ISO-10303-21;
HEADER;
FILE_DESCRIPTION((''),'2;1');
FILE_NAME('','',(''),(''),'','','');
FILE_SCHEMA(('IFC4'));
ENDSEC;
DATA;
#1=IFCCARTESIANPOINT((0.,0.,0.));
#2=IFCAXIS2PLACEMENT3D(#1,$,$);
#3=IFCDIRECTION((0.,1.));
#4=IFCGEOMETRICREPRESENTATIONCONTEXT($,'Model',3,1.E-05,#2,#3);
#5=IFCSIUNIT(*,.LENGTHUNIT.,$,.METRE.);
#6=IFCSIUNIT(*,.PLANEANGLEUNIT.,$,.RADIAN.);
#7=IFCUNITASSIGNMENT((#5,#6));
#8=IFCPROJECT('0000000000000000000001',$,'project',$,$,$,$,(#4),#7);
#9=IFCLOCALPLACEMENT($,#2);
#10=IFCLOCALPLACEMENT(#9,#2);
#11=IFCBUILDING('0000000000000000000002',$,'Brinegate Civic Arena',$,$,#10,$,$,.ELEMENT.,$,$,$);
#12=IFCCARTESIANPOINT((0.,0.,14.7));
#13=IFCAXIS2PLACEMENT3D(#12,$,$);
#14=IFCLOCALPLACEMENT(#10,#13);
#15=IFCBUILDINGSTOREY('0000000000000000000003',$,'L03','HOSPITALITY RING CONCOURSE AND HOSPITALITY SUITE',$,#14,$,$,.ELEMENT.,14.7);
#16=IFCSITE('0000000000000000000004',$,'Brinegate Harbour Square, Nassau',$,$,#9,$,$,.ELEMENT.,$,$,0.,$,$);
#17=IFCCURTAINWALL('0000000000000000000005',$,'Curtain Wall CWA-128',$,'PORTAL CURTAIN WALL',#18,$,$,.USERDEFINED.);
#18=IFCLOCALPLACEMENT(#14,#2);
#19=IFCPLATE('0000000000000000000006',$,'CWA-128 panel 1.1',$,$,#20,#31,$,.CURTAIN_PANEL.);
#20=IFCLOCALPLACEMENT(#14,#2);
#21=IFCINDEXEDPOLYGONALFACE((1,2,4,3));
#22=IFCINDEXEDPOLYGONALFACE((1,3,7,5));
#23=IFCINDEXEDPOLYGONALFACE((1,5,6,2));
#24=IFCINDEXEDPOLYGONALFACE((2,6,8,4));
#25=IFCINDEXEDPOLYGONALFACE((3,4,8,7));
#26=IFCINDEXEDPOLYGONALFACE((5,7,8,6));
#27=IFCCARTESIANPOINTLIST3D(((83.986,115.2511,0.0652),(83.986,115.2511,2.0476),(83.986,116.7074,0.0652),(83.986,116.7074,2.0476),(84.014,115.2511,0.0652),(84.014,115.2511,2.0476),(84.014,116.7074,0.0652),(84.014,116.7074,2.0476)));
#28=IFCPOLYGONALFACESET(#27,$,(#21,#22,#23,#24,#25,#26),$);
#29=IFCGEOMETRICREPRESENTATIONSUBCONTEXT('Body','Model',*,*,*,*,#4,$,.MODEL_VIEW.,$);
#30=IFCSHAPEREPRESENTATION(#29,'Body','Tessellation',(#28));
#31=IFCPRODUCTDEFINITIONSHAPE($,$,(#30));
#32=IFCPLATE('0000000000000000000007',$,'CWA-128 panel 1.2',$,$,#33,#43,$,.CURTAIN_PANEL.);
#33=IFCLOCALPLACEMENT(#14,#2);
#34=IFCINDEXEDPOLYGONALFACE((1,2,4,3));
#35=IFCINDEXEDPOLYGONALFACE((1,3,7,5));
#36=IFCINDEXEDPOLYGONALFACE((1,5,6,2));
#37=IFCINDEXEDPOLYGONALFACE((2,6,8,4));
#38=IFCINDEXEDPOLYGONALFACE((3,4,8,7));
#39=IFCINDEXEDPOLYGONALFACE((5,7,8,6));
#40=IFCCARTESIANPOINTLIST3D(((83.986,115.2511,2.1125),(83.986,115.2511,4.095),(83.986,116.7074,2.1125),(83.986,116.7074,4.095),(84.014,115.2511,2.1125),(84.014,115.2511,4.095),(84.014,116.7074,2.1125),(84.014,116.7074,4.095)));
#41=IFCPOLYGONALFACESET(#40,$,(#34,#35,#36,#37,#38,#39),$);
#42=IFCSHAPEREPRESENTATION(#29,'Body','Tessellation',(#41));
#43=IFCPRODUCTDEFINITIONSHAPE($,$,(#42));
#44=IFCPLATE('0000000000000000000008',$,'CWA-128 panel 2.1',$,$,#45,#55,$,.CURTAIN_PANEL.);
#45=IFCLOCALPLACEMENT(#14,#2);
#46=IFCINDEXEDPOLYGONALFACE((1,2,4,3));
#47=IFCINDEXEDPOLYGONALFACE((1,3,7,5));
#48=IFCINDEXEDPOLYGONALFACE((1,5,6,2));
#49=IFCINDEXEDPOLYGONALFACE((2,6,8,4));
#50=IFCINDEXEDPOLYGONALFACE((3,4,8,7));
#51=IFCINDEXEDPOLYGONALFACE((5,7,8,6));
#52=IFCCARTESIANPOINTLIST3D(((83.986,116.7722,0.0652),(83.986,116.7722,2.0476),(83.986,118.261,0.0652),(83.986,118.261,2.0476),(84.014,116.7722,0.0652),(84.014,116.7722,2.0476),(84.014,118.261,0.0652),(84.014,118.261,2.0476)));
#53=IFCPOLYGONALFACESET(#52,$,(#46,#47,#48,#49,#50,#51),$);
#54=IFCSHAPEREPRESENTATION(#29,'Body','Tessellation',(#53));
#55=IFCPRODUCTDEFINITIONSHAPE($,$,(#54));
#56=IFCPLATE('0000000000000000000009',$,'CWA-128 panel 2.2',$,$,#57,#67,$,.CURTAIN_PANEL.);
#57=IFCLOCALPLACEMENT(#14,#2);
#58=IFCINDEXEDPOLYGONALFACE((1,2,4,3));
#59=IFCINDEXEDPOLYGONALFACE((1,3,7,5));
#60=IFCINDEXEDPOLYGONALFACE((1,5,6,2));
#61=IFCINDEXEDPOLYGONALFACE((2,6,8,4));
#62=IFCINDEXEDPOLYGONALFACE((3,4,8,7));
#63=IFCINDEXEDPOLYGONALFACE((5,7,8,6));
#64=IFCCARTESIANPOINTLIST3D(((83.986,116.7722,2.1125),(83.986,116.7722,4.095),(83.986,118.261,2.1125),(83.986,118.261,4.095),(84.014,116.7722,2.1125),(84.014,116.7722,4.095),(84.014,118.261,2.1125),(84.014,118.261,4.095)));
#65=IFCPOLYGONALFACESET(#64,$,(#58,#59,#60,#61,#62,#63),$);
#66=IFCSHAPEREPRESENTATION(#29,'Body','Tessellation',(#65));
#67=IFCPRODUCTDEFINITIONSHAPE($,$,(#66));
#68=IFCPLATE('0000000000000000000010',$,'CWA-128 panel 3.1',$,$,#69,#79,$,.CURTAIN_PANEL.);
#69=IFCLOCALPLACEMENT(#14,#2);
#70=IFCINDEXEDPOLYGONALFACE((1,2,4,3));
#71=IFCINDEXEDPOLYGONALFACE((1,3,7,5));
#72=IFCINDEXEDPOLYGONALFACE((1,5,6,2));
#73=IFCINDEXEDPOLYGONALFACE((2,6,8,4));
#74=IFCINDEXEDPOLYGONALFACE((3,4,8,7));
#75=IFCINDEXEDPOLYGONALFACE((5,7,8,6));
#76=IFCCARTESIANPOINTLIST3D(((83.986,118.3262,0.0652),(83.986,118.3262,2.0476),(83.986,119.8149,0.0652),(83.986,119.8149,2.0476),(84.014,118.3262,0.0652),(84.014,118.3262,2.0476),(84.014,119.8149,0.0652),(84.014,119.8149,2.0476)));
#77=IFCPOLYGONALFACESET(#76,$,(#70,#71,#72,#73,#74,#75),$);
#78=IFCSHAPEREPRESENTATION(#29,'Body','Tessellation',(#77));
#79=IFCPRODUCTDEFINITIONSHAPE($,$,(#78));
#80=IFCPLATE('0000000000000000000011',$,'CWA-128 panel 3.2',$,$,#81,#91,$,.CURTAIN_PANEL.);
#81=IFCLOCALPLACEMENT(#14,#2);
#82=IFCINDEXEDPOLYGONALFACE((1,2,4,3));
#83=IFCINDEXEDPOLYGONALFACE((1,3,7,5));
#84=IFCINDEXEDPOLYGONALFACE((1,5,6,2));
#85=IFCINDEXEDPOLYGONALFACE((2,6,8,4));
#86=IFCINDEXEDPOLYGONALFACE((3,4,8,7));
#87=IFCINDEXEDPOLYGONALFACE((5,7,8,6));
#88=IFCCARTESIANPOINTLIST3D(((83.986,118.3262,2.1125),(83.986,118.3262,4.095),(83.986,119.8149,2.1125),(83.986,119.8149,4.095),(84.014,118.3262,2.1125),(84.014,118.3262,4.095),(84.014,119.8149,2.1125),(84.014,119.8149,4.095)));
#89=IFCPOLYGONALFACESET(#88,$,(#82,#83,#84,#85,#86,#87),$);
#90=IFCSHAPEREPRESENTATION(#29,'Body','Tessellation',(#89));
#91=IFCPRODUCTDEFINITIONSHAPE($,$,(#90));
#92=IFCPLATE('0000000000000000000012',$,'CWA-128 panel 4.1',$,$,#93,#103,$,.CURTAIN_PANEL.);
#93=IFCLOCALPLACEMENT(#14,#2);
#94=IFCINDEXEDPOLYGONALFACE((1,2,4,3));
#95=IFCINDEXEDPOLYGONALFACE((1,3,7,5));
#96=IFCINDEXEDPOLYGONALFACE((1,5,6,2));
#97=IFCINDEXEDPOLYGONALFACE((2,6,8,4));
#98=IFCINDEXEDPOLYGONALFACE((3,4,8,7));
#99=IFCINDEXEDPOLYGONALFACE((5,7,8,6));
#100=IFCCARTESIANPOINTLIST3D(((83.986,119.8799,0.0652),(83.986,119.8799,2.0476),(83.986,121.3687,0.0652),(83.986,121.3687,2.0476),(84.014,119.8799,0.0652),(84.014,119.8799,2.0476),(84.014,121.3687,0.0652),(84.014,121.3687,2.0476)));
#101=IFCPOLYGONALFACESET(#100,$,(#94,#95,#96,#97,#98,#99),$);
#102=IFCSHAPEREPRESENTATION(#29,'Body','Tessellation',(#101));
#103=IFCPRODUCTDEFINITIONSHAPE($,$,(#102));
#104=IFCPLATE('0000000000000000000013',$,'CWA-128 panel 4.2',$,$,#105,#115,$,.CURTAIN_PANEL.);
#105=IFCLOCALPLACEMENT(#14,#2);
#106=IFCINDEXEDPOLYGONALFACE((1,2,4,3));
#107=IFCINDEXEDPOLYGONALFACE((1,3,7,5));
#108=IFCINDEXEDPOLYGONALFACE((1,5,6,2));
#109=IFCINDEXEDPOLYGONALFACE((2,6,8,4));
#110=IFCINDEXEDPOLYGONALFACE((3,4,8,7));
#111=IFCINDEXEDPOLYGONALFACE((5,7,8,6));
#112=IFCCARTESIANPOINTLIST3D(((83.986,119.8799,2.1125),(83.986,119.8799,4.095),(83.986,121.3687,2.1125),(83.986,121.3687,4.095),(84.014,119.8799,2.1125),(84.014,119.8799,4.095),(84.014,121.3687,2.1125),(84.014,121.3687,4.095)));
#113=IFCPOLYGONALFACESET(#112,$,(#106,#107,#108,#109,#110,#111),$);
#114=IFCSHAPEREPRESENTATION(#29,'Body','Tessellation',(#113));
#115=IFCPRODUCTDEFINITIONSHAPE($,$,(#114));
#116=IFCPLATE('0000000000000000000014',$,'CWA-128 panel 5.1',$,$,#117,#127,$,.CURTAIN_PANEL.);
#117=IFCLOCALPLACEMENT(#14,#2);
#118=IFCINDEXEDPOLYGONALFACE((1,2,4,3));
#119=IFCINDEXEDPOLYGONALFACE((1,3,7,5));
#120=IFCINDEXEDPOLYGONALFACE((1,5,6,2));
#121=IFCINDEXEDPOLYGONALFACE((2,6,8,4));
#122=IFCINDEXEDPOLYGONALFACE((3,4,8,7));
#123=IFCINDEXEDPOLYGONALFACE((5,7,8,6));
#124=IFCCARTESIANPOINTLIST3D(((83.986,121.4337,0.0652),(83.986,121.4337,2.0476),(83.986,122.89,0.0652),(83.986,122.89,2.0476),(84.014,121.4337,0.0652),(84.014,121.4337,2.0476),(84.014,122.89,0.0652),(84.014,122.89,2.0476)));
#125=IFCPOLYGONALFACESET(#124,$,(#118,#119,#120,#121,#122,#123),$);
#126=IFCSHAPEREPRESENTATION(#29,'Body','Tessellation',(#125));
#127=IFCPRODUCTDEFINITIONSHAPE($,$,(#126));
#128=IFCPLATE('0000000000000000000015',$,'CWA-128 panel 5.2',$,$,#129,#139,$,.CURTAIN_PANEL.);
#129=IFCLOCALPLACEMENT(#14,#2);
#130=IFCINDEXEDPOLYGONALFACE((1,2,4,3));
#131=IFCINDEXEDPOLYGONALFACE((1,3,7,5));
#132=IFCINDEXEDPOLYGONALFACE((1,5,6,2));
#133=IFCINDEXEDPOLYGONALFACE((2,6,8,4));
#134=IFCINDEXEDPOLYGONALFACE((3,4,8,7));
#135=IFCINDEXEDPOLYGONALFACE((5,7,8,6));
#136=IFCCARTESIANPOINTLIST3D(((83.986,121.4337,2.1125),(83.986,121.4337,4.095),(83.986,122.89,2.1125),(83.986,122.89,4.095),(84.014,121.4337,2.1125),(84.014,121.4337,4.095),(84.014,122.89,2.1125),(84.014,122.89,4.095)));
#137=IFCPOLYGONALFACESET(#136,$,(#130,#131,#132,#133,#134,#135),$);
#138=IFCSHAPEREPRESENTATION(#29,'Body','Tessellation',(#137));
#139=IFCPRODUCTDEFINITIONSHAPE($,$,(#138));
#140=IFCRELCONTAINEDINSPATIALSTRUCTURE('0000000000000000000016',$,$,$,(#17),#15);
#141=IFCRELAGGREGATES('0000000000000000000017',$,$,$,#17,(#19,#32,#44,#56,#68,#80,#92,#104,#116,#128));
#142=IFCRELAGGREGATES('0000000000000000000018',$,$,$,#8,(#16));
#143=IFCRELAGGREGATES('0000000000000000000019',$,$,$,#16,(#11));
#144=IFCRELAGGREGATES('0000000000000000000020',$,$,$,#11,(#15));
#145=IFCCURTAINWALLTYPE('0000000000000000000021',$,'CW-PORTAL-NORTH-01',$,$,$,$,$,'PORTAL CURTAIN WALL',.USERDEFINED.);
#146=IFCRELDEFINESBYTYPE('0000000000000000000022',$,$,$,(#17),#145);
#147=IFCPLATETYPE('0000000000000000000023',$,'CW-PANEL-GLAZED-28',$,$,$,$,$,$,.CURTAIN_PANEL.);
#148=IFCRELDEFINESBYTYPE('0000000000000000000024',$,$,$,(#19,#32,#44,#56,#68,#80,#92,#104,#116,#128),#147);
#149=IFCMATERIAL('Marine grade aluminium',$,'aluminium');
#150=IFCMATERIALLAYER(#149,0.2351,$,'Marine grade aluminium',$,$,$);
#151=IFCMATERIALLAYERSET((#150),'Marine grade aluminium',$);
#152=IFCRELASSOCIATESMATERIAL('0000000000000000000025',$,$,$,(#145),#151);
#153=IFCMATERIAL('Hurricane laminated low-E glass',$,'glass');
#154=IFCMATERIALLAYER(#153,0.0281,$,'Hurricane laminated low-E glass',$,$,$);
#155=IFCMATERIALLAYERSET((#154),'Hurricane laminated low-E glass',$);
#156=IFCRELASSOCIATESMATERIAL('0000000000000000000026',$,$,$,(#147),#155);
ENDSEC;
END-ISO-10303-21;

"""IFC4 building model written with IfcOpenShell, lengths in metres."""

from ifc_helpers import new_model, si_unit, direction, frame, origin, origin_2d, place, context, subcontext, project, spatial, rectangle, extrude, material, layer, layer_set, type_object, element, aggregate, save


model = new_model("IFC4")

# Units and contexts
model_context = context("Model", 3, precision=1e-05, world=origin(), true_north=direction((0.0, 1.0)))
body_context = subcontext(model_context, "Body", "Model", "MODEL_VIEW")
ifc_project = project(units=[si_unit("LENGTHUNIT", "METRE"), si_unit("PLANEANGLEUNIT", "RADIAN")], contexts=[model_context])

# Site, building, storey
site_placement = place(None, origin())
site = spatial("IfcSite", under=ifc_project, at=site_placement, Name="Brinegate Harbour Square, Nassau", CompositionType="ELEMENT", RefElevation=0.0)
building_placement = place(site_placement, origin())
building = spatial("IfcBuilding", under=site, at=building_placement, Name="Brinegate Civic Arena", CompositionType="ELEMENT")
storey_placement = place(building_placement, frame((0.0, 0.0, 14.7)))
storey = spatial("IfcBuildingStorey", under=building, at=storey_placement, Name="L03", Description="HOSPITALITY RING CONCOURSE AND HOSPITALITY SUITE", CompositionType="ELEMENT", Elevation=14.7)

# Curtain wall
ifc_material_1 = material(Name="Marine grade aluminium", Category="aluminium")
ifc_layer_1 = layer(ifc_material_1, 0.2351, Name="Marine grade aluminium")
ifc_layer_set_1 = layer_set([ifc_layer_1], Name="Marine grade aluminium")
curtain_wall_type = type_object("IfcCurtainWallType", Name="CW-PORTAL-NORTH-01", ElementType="PORTAL CURTAIN WALL", PredefinedType="USERDEFINED", material=ifc_layer_set_1)
curtain_wall_placement = place(storey_placement, origin())
curtain_wall = element("IfcCurtainWall", 1, at=curtain_wall_placement, inside=storey, type_object=curtain_wall_type, Name="Curtain Wall CWA-128", ObjectType="PORTAL CURTAIN WALL", PredefinedType="USERDEFINED")

# Plates
ifc_material_2 = material(Name="Hurricane laminated low-E glass", Category="glass")
ifc_layer_2 = layer(ifc_material_2, 0.0281, Name="Hurricane laminated low-E glass")
ifc_layer_set_2 = layer_set([ifc_layer_2], Name="Hurricane laminated low-E glass")
plate_type = type_object("IfcPlateType", Name="CW-PANEL-GLAZED-28", PredefinedType="CURTAIN_PANEL", material=ifc_layer_set_2)
plate_1_placement = place(storey_placement, frame((84.0, 115.9792, 0.0652), z_axis=(0.0, 0.0, 1.0), x_axis=(0.0, 1.0, 0.0)))
plate_1 = element("IfcPlate", 2, at=plate_1_placement, type_object=plate_type, Name="CWA-128 panel 1.1", PredefinedType="CURTAIN_PANEL", context=body_context, shape_type="SweptSolid", body=[
    extrude(rectangle(XDim=1.4563, YDim=0.0281, at=origin_2d()), origin(), (0.0, 0.0, 1.0), 1.9824),
])
plate_2_placement = place(storey_placement, frame((84.0, 115.9792, 2.1125), z_axis=(0.0, 0.0, 1.0), x_axis=(0.0, 1.0, 0.0)))
plate_2 = element("IfcPlate", 3, at=plate_2_placement, type_object=plate_type, Name="CWA-128 panel 1.2", PredefinedType="CURTAIN_PANEL", context=body_context, shape_type="SweptSolid", body=[
    extrude(rectangle(XDim=1.4563, YDim=0.0281, at=origin_2d()), origin(), (0.0, 0.0, 1.0), 1.9824),
])
plate_3_placement = place(storey_placement, frame((84.0, 117.5166, 0.0652), z_axis=(0.0, 0.0, 1.0), x_axis=(0.0, 1.0, 0.0)))
plate_3 = element("IfcPlate", 4, at=plate_3_placement, type_object=plate_type, Name="CWA-128 panel 2.1", PredefinedType="CURTAIN_PANEL", context=body_context, shape_type="SweptSolid", body=[
    extrude(rectangle(XDim=1.4888, YDim=0.0281, at=origin_2d()), origin(), (0.0, 0.0, 1.0), 1.9824),
])
plate_4_placement = place(storey_placement, frame((84.0, 117.5166, 2.1125), z_axis=(0.0, 0.0, 1.0), x_axis=(0.0, 1.0, 0.0)))
plate_4 = element("IfcPlate", 5, at=plate_4_placement, type_object=plate_type, Name="CWA-128 panel 2.2", PredefinedType="CURTAIN_PANEL", context=body_context, shape_type="SweptSolid", body=[
    extrude(rectangle(XDim=1.4888, YDim=0.0281, at=origin_2d()), origin(), (0.0, 0.0, 1.0), 1.9824),
])
plate_5_placement = place(storey_placement, frame((84.0, 119.0706, 0.0652), z_axis=(0.0, 0.0, 1.0), x_axis=(0.0, 1.0, 0.0)))
plate_5 = element("IfcPlate", 6, at=plate_5_placement, type_object=plate_type, Name="CWA-128 panel 3.1", PredefinedType="CURTAIN_PANEL", context=body_context, shape_type="SweptSolid", body=[
    extrude(rectangle(XDim=1.4888, YDim=0.0281, at=origin_2d()), origin(), (0.0, 0.0, 1.0), 1.9824),
])
plate_6_placement = place(storey_placement, frame((84.0, 119.0706, 2.1125), z_axis=(0.0, 0.0, 1.0), x_axis=(0.0, 1.0, 0.0)))
plate_6 = element("IfcPlate", 7, at=plate_6_placement, type_object=plate_type, Name="CWA-128 panel 3.2", PredefinedType="CURTAIN_PANEL", context=body_context, shape_type="SweptSolid", body=[
    extrude(rectangle(XDim=1.4888, YDim=0.0281, at=origin_2d()), origin(), (0.0, 0.0, 1.0), 1.9824),
])
plate_7_placement = place(storey_placement, frame((84.0, 120.6243, 0.0652), z_axis=(0.0, 0.0, 1.0), x_axis=(0.0, 1.0, 0.0)))
plate_7 = element("IfcPlate", 8, at=plate_7_placement, type_object=plate_type, Name="CWA-128 panel 4.1", PredefinedType="CURTAIN_PANEL", context=body_context, shape_type="SweptSolid", body=[
    extrude(rectangle(XDim=1.4888, YDim=0.0281, at=origin_2d()), origin(), (0.0, 0.0, 1.0), 1.9824),
])
plate_8_placement = place(storey_placement, frame((84.0, 120.6243, 2.1125), z_axis=(0.0, 0.0, 1.0), x_axis=(0.0, 1.0, 0.0)))
plate_8 = element("IfcPlate", 9, at=plate_8_placement, type_object=plate_type, Name="CWA-128 panel 4.2", PredefinedType="CURTAIN_PANEL", context=body_context, shape_type="SweptSolid", body=[
    extrude(rectangle(XDim=1.4888, YDim=0.0281, at=origin_2d()), origin(), (0.0, 0.0, 1.0), 1.9824),
])
plate_9_placement = place(storey_placement, frame((84.0, 122.1619, 0.0652), z_axis=(0.0, 0.0, 1.0), x_axis=(0.0, 1.0, 0.0)))
plate_9 = element("IfcPlate", 10, at=plate_9_placement, type_object=plate_type, Name="CWA-128 panel 5.1", PredefinedType="CURTAIN_PANEL", context=body_context, shape_type="SweptSolid", body=[
    extrude(rectangle(XDim=1.4563, YDim=0.0281, at=origin_2d()), origin(), (0.0, 0.0, 1.0), 1.9824),
])
plate_10_placement = place(storey_placement, frame((84.0, 122.1619, 2.1125), z_axis=(0.0, 0.0, 1.0), x_axis=(0.0, 1.0, 0.0)))
plate_10 = element("IfcPlate", 11, at=plate_10_placement, type_object=plate_type, Name="CWA-128 panel 5.2", PredefinedType="CURTAIN_PANEL", context=body_context, shape_type="SweptSolid", body=[
    extrude(rectangle(XDim=1.4563, YDim=0.0281, at=origin_2d()), origin(), (0.0, 0.0, 1.0), 1.9824),
])
aggregate(curtain_wall, [plate_1, plate_2, plate_3, plate_4, plate_5, plate_6, plate_7, plate_8, plate_9, plate_10])

save(model, "model.ifc")
